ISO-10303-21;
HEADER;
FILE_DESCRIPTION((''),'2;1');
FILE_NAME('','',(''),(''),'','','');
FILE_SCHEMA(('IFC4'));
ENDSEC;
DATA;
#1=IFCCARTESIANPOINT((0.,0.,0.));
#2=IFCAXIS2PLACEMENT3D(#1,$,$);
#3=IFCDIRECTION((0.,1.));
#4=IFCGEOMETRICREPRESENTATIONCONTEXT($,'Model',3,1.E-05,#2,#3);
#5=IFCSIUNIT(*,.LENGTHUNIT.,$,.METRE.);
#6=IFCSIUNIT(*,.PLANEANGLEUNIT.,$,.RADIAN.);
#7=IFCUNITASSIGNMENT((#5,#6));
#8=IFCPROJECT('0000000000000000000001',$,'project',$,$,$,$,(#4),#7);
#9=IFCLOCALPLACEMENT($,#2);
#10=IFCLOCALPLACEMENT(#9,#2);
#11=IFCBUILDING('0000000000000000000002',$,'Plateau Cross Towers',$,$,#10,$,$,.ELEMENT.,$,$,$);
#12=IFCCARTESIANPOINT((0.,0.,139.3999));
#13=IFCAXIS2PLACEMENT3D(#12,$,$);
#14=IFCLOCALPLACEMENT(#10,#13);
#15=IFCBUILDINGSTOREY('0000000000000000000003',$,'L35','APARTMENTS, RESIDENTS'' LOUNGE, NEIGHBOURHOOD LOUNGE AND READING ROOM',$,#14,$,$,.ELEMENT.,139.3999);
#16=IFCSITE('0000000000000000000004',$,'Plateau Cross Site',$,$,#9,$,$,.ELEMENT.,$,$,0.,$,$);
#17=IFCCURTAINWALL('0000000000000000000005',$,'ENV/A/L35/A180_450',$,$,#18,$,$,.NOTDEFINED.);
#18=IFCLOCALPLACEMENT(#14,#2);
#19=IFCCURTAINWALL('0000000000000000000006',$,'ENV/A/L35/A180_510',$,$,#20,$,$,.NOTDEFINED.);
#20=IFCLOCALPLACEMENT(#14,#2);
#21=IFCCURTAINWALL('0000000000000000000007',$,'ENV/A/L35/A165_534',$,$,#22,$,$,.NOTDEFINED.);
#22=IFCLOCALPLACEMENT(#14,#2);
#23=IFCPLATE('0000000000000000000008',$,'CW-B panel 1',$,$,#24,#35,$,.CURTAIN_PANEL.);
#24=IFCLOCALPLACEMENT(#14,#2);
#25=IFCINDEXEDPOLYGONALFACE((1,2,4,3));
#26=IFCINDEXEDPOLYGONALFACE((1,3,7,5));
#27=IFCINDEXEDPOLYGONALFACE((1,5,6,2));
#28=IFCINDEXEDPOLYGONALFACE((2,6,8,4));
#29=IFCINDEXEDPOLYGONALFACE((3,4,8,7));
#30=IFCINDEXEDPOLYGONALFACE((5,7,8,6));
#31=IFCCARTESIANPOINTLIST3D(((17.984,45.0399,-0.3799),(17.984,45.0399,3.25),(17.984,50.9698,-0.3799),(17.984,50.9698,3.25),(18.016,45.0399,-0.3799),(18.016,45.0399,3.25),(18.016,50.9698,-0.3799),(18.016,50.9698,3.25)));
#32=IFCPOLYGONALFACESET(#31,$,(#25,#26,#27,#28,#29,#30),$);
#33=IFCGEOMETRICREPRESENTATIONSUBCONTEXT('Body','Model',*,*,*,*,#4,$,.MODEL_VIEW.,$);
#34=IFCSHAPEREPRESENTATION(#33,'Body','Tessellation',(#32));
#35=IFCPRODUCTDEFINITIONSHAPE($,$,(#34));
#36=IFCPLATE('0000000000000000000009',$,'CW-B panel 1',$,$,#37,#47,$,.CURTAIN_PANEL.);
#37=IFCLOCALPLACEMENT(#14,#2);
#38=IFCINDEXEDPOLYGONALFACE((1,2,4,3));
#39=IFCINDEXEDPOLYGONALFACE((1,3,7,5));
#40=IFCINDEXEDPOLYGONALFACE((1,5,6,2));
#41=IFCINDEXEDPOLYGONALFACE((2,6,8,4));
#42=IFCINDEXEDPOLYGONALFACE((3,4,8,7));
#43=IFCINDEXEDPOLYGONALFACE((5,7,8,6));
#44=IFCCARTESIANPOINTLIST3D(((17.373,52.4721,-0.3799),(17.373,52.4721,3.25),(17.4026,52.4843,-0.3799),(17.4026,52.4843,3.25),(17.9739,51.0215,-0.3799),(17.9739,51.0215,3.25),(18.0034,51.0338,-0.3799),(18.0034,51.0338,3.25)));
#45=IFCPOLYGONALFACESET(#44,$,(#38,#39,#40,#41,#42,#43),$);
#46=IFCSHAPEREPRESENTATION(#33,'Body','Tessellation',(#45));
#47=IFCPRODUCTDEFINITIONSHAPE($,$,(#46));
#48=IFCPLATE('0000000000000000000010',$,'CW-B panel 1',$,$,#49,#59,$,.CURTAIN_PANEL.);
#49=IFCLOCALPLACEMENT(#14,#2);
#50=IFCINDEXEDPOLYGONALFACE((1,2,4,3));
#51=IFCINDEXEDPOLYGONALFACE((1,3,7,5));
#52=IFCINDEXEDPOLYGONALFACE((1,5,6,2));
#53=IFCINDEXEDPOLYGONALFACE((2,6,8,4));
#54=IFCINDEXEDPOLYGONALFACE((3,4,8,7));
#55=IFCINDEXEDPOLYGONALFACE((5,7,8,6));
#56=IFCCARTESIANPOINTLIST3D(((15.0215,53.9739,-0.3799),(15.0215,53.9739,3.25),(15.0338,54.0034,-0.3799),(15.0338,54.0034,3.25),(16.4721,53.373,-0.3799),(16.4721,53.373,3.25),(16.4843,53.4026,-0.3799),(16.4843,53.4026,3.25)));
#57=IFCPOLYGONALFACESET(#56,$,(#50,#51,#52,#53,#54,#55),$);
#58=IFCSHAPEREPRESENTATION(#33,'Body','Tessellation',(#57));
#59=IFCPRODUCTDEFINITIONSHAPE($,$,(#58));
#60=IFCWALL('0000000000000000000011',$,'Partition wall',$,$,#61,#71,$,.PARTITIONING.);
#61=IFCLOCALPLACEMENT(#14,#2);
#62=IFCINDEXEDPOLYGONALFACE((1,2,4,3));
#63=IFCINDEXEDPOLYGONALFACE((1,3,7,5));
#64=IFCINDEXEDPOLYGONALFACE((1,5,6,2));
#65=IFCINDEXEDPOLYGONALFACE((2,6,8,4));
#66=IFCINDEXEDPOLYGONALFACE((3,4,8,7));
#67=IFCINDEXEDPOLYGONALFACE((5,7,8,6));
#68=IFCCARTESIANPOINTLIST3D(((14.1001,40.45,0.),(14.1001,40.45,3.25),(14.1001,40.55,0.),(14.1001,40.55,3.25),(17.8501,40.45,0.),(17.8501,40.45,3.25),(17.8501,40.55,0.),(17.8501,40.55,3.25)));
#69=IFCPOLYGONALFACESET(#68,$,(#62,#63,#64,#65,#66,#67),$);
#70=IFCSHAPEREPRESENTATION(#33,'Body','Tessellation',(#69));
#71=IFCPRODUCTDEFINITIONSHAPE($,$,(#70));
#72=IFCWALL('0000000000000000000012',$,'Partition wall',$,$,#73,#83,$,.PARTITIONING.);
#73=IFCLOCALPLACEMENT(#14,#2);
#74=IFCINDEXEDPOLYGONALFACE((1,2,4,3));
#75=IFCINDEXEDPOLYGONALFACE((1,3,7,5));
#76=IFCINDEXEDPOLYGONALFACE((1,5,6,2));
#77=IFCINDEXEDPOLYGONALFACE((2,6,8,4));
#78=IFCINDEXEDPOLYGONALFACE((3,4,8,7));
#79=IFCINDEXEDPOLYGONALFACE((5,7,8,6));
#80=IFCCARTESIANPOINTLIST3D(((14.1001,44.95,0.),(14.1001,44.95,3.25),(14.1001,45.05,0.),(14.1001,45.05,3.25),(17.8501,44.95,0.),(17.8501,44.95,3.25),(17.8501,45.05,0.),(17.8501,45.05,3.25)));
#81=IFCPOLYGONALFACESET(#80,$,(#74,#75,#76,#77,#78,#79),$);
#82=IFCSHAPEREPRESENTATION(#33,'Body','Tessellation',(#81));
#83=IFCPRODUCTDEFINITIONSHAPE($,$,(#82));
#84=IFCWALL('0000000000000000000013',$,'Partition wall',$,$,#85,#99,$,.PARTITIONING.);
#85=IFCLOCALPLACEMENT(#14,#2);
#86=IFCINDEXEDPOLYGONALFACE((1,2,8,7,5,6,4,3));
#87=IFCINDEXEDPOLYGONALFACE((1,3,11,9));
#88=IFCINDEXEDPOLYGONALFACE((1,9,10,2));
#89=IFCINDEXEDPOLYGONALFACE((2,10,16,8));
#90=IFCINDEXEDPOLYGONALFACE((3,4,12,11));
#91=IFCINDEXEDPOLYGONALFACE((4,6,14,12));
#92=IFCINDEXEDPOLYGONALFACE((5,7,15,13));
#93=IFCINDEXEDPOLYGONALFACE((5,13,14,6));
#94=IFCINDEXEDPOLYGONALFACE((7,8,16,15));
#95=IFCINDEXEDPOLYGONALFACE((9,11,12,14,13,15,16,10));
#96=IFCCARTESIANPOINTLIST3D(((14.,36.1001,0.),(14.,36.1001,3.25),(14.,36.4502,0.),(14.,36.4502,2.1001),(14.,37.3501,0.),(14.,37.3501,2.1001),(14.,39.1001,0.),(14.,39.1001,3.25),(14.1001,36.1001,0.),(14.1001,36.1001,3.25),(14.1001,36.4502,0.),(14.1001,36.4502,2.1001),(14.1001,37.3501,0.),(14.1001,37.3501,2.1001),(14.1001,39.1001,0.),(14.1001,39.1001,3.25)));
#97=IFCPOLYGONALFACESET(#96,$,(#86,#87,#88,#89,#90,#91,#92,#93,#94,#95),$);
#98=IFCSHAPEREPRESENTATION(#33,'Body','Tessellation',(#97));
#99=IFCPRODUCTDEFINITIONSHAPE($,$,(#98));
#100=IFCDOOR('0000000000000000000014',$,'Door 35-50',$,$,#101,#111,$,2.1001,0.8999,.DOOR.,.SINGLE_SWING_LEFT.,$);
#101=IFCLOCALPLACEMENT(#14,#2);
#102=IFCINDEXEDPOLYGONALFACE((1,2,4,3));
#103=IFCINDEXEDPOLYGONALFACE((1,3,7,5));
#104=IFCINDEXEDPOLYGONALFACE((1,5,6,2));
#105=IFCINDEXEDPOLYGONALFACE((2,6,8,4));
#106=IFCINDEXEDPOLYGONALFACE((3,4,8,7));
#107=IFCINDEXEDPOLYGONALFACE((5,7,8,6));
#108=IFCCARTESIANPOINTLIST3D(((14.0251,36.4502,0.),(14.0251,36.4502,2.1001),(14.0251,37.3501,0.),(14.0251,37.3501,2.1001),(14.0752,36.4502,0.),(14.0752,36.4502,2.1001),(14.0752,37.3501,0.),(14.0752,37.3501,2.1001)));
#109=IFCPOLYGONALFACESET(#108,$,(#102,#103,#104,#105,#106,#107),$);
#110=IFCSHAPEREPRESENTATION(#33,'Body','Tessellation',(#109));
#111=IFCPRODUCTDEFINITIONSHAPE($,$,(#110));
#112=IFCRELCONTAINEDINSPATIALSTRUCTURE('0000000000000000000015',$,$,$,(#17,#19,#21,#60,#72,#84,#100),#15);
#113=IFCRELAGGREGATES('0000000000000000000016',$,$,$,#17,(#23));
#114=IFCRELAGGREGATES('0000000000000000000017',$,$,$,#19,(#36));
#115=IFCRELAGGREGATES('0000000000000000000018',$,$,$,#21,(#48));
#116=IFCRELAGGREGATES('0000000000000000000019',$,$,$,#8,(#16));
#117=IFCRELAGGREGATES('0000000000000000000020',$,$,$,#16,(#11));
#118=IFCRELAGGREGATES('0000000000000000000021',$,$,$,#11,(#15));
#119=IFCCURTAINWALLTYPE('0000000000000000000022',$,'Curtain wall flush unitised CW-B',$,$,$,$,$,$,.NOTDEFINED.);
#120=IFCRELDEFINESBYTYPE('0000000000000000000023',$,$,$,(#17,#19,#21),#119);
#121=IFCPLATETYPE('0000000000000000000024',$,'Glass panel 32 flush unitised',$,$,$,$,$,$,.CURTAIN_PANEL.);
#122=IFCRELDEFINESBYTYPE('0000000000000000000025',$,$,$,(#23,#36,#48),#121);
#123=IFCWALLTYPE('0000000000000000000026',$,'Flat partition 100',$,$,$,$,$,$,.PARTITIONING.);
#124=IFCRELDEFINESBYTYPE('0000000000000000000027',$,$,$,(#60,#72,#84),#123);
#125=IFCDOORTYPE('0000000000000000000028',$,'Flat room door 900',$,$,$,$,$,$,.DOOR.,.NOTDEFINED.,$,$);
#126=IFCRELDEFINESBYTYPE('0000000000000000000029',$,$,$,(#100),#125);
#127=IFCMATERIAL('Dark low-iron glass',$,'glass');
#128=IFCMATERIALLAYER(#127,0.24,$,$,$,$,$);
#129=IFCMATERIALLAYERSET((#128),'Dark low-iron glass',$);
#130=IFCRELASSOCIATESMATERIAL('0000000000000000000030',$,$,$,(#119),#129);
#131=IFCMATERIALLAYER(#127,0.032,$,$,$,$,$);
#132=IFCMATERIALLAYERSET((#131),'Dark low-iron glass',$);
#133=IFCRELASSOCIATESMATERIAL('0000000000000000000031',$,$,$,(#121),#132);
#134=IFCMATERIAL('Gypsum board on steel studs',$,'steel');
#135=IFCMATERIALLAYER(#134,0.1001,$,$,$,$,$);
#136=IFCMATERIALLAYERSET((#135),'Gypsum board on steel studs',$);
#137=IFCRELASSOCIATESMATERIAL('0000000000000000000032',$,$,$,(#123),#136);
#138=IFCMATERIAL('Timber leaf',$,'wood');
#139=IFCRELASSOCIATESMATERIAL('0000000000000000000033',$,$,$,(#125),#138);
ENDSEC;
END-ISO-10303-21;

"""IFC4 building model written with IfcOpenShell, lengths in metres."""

from ifc_helpers import new_model, si_unit, direction, frame, frame_2d, origin, origin_2d, place, context, subcontext, project, spatial, rectangle, extrude, material, layer, layer_set, type_object, element, fill, aggregate, save


model = new_model("IFC4")

# Units and contexts
model_context = context("Model", 3, precision=1e-05, world=origin(), true_north=direction((0.0, 1.0)))
body_context = subcontext(model_context, "Body", "Model", "MODEL_VIEW")
ifc_project = project(units=[si_unit("LENGTHUNIT", "METRE"), si_unit("PLANEANGLEUNIT", "RADIAN")], contexts=[model_context])

# Site, building, storey
site_placement = place(None, origin())
site = spatial("IfcSite", under=ifc_project, at=site_placement, Name="Plateau Cross Site", CompositionType="ELEMENT", RefElevation=0.0)
building_placement = place(site_placement, origin())
building = spatial("IfcBuilding", under=site, at=building_placement, Name="Plateau Cross Towers", CompositionType="ELEMENT")
storey_placement = place(building_placement, frame((0.0, 0.0, 139.3999)))
storey = spatial("IfcBuildingStorey", under=building, at=storey_placement, Name="L35", Description="APARTMENTS, RESIDENTS' LOUNGE, NEIGHBOURHOOD LOUNGE AND READING ROOM", CompositionType="ELEMENT", Elevation=139.3999)

# Shared definitions
ifc_material_1 = material(Name="Dark low-iron glass", Category="glass")
ifc_layer_1 = layer(ifc_material_1, 0.24)
ifc_layer_set_1 = layer_set([ifc_layer_1], Name="Dark low-iron glass")
curtain_wall_type = type_object("IfcCurtainWallType", Name="Curtain wall flush unitised CW-B", PredefinedType="NOTDEFINED", material=ifc_layer_set_1)

# Curtain wall
curtain_wall_1_placement = place(storey_placement, origin())
curtain_wall_1 = element("IfcCurtainWall", 1, at=curtain_wall_1_placement, inside=storey, type_object=curtain_wall_type, Name="ENV/A/L35/A180_450", PredefinedType="NOTDEFINED")

# Curtain wall
curtain_wall_2_placement = place(storey_placement, origin())
curtain_wall_2 = element("IfcCurtainWall", 2, at=curtain_wall_2_placement, inside=storey, type_object=curtain_wall_type, Name="ENV/A/L35/A180_510", PredefinedType="NOTDEFINED")

# Curtain wall
curtain_wall_3_placement = place(storey_placement, origin())
curtain_wall_3 = element("IfcCurtainWall", 3, at=curtain_wall_3_placement, inside=storey, type_object=curtain_wall_type, Name="ENV/A/L35/A165_534", PredefinedType="NOTDEFINED")

# Plates
ifc_layer_2 = layer(ifc_material_1, 0.032)
ifc_layer_set_2 = layer_set([ifc_layer_2], Name="Dark low-iron glass")
plate_type = type_object("IfcPlateType", Name="Glass panel 32 flush unitised", PredefinedType="CURTAIN_PANEL", material=ifc_layer_set_2)
plate_1_placement = place(storey_placement, frame((18.0, 48.0049, -0.3799), z_axis=(0.0, 0.0, 1.0), x_axis=(0.0, 1.0, 0.0)))
plate_1 = element("IfcPlate", 4, at=plate_1_placement, type_object=plate_type, Name="CW-B panel 1", PredefinedType="CURTAIN_PANEL", context=body_context, shape_type="SweptSolid", body=[
    extrude(rectangle(XDim=5.9299, YDim=0.032, at=origin_2d()), origin(), (0.0, 0.0, 1.0), 3.6299),
])
aggregate(curtain_wall_1, [plate_1])
plate_2_placement = place(storey_placement, frame((17.6882, 51.7529, -0.3799), z_axis=(0.0, 0.0, 1.0), x_axis=(-0.382684, 0.923879, 0.0)))
plate_2 = element("IfcPlate", 5, at=plate_2_placement, type_object=plate_type, Name="CW-B panel 1", PredefinedType="CURTAIN_PANEL", context=body_context, shape_type="SweptSolid", body=[
    extrude(rectangle(XDim=1.5701, YDim=0.032, at=origin_2d()), origin(), (0.0, 0.0, 1.0), 3.6299),
])
aggregate(curtain_wall_2, [plate_2])
plate_3_placement = place(storey_placement, frame((15.7529, 53.6882, -0.3799), z_axis=(0.0, 0.0, 1.0), x_axis=(-0.923879, 0.382684, 0.0)))
plate_3 = element("IfcPlate", 6, at=plate_3_placement, type_object=plate_type, Name="CW-B panel 1", PredefinedType="CURTAIN_PANEL", context=body_context, shape_type="SweptSolid", body=[
    extrude(rectangle(XDim=1.5701, YDim=0.032, at=origin_2d()), origin(), (0.0, 0.0, 1.0), 3.6299),
])
aggregate(curtain_wall_3, [plate_3])

# Walls
ifc_material_2 = material(Name="Gypsum board on steel studs", Category="steel")
ifc_layer_3 = layer(ifc_material_2, 0.1001)
ifc_layer_set_3 = layer_set([ifc_layer_3], Name="Gypsum board on steel studs")
wall_type_1 = type_object("IfcWallType", Name="Flat partition 100", PredefinedType="PARTITIONING", material=ifc_layer_set_3)
for number, where, z_axis, x_axis, name in (
    (7, (14.1001, 40.5, 0.0), (0.0, 0.0, 1.0), (1.0, 0.0, 0.0), "Partition wall"),
    (8, (17.8501, 45.0, 0.0), (0.0, 0.0, 1.0), (-1.0, 0.0, 0.0), "Partition wall"),
):
    element("IfcWall", number, at=place(storey_placement, frame(where, z_axis=z_axis, x_axis=x_axis)), inside=storey, type_object=wall_type_1, Name=name, PredefinedType="PARTITIONING", context=body_context, shape_type="SweptSolid", body=[
        extrude(rectangle(XDim=3.75, YDim=0.1001, at=frame_2d((1.875, 0.0))), origin(), (0.0, 0.0, 1.0), 3.25),
    ])

# Wall, opening, door
wall_1_placement = place(storey_placement, frame((14.05, 36.1001, 0.0), z_axis=(0.0, 0.0, 1.0), x_axis=(0.0, 1.0, 0.0)))
wall_1 = element("IfcWall", 9, at=wall_1_placement, inside=storey, type_object=wall_type_1, Name="Partition wall", PredefinedType="PARTITIONING", context=body_context, shape_type="SweptSolid", body=[
    extrude(rectangle(XDim=3.0, YDim=0.1001, at=frame_2d((1.5, 0.0))), origin(), (0.0, 0.0, 1.0), 3.25),
])
opening_1_placement = place(wall_1_placement, frame((0.3501, 0.0, 0.0)))
opening_1 = element("IfcOpeningElement", 10, at=opening_1_placement, cuts=wall_1, PredefinedType="OPENING", context=body_context, shape_type="SweptSolid", body=[
    extrude(rectangle(XDim=0.8999, YDim=2.1001, at=frame_2d((0.45, 1.05))), frame((0.0, 0.0601, 0.0), z_axis=(0.0, -1.0, 0.0), x_axis=(1.0, 0.0, 0.0)), (0.0, 0.0, 1.0), 0.1201),
])
ifc_material_3 = material(Name="Timber leaf", Category="wood")
door_type_1 = type_object("IfcDoorType", Name="Flat room door 900", OperationType="NOTDEFINED", PredefinedType="DOOR", material=ifc_material_3)
door_1_placement = place(opening_1_placement, origin())
door_1 = element("IfcDoor", 11, at=door_1_placement, inside=storey, type_object=door_type_1, Name="Door 35-50", OperationType="SINGLE_SWING_LEFT", OverallHeight=2.1001, OverallWidth=0.8999, PredefinedType="DOOR", context=body_context, shape_type="SweptSolid", body=[
    extrude(rectangle(XDim=0.8999, YDim=2.1001, at=frame_2d((0.45, 1.05))), frame((0.0, 0.0249, 0.0), z_axis=(0.0, -1.0, 0.0), x_axis=(1.0, 0.0, 0.0)), (0.0, 0.0, 1.0), 0.05),
])
fill(opening_1, door_1)

save(model, "model.ifc")
